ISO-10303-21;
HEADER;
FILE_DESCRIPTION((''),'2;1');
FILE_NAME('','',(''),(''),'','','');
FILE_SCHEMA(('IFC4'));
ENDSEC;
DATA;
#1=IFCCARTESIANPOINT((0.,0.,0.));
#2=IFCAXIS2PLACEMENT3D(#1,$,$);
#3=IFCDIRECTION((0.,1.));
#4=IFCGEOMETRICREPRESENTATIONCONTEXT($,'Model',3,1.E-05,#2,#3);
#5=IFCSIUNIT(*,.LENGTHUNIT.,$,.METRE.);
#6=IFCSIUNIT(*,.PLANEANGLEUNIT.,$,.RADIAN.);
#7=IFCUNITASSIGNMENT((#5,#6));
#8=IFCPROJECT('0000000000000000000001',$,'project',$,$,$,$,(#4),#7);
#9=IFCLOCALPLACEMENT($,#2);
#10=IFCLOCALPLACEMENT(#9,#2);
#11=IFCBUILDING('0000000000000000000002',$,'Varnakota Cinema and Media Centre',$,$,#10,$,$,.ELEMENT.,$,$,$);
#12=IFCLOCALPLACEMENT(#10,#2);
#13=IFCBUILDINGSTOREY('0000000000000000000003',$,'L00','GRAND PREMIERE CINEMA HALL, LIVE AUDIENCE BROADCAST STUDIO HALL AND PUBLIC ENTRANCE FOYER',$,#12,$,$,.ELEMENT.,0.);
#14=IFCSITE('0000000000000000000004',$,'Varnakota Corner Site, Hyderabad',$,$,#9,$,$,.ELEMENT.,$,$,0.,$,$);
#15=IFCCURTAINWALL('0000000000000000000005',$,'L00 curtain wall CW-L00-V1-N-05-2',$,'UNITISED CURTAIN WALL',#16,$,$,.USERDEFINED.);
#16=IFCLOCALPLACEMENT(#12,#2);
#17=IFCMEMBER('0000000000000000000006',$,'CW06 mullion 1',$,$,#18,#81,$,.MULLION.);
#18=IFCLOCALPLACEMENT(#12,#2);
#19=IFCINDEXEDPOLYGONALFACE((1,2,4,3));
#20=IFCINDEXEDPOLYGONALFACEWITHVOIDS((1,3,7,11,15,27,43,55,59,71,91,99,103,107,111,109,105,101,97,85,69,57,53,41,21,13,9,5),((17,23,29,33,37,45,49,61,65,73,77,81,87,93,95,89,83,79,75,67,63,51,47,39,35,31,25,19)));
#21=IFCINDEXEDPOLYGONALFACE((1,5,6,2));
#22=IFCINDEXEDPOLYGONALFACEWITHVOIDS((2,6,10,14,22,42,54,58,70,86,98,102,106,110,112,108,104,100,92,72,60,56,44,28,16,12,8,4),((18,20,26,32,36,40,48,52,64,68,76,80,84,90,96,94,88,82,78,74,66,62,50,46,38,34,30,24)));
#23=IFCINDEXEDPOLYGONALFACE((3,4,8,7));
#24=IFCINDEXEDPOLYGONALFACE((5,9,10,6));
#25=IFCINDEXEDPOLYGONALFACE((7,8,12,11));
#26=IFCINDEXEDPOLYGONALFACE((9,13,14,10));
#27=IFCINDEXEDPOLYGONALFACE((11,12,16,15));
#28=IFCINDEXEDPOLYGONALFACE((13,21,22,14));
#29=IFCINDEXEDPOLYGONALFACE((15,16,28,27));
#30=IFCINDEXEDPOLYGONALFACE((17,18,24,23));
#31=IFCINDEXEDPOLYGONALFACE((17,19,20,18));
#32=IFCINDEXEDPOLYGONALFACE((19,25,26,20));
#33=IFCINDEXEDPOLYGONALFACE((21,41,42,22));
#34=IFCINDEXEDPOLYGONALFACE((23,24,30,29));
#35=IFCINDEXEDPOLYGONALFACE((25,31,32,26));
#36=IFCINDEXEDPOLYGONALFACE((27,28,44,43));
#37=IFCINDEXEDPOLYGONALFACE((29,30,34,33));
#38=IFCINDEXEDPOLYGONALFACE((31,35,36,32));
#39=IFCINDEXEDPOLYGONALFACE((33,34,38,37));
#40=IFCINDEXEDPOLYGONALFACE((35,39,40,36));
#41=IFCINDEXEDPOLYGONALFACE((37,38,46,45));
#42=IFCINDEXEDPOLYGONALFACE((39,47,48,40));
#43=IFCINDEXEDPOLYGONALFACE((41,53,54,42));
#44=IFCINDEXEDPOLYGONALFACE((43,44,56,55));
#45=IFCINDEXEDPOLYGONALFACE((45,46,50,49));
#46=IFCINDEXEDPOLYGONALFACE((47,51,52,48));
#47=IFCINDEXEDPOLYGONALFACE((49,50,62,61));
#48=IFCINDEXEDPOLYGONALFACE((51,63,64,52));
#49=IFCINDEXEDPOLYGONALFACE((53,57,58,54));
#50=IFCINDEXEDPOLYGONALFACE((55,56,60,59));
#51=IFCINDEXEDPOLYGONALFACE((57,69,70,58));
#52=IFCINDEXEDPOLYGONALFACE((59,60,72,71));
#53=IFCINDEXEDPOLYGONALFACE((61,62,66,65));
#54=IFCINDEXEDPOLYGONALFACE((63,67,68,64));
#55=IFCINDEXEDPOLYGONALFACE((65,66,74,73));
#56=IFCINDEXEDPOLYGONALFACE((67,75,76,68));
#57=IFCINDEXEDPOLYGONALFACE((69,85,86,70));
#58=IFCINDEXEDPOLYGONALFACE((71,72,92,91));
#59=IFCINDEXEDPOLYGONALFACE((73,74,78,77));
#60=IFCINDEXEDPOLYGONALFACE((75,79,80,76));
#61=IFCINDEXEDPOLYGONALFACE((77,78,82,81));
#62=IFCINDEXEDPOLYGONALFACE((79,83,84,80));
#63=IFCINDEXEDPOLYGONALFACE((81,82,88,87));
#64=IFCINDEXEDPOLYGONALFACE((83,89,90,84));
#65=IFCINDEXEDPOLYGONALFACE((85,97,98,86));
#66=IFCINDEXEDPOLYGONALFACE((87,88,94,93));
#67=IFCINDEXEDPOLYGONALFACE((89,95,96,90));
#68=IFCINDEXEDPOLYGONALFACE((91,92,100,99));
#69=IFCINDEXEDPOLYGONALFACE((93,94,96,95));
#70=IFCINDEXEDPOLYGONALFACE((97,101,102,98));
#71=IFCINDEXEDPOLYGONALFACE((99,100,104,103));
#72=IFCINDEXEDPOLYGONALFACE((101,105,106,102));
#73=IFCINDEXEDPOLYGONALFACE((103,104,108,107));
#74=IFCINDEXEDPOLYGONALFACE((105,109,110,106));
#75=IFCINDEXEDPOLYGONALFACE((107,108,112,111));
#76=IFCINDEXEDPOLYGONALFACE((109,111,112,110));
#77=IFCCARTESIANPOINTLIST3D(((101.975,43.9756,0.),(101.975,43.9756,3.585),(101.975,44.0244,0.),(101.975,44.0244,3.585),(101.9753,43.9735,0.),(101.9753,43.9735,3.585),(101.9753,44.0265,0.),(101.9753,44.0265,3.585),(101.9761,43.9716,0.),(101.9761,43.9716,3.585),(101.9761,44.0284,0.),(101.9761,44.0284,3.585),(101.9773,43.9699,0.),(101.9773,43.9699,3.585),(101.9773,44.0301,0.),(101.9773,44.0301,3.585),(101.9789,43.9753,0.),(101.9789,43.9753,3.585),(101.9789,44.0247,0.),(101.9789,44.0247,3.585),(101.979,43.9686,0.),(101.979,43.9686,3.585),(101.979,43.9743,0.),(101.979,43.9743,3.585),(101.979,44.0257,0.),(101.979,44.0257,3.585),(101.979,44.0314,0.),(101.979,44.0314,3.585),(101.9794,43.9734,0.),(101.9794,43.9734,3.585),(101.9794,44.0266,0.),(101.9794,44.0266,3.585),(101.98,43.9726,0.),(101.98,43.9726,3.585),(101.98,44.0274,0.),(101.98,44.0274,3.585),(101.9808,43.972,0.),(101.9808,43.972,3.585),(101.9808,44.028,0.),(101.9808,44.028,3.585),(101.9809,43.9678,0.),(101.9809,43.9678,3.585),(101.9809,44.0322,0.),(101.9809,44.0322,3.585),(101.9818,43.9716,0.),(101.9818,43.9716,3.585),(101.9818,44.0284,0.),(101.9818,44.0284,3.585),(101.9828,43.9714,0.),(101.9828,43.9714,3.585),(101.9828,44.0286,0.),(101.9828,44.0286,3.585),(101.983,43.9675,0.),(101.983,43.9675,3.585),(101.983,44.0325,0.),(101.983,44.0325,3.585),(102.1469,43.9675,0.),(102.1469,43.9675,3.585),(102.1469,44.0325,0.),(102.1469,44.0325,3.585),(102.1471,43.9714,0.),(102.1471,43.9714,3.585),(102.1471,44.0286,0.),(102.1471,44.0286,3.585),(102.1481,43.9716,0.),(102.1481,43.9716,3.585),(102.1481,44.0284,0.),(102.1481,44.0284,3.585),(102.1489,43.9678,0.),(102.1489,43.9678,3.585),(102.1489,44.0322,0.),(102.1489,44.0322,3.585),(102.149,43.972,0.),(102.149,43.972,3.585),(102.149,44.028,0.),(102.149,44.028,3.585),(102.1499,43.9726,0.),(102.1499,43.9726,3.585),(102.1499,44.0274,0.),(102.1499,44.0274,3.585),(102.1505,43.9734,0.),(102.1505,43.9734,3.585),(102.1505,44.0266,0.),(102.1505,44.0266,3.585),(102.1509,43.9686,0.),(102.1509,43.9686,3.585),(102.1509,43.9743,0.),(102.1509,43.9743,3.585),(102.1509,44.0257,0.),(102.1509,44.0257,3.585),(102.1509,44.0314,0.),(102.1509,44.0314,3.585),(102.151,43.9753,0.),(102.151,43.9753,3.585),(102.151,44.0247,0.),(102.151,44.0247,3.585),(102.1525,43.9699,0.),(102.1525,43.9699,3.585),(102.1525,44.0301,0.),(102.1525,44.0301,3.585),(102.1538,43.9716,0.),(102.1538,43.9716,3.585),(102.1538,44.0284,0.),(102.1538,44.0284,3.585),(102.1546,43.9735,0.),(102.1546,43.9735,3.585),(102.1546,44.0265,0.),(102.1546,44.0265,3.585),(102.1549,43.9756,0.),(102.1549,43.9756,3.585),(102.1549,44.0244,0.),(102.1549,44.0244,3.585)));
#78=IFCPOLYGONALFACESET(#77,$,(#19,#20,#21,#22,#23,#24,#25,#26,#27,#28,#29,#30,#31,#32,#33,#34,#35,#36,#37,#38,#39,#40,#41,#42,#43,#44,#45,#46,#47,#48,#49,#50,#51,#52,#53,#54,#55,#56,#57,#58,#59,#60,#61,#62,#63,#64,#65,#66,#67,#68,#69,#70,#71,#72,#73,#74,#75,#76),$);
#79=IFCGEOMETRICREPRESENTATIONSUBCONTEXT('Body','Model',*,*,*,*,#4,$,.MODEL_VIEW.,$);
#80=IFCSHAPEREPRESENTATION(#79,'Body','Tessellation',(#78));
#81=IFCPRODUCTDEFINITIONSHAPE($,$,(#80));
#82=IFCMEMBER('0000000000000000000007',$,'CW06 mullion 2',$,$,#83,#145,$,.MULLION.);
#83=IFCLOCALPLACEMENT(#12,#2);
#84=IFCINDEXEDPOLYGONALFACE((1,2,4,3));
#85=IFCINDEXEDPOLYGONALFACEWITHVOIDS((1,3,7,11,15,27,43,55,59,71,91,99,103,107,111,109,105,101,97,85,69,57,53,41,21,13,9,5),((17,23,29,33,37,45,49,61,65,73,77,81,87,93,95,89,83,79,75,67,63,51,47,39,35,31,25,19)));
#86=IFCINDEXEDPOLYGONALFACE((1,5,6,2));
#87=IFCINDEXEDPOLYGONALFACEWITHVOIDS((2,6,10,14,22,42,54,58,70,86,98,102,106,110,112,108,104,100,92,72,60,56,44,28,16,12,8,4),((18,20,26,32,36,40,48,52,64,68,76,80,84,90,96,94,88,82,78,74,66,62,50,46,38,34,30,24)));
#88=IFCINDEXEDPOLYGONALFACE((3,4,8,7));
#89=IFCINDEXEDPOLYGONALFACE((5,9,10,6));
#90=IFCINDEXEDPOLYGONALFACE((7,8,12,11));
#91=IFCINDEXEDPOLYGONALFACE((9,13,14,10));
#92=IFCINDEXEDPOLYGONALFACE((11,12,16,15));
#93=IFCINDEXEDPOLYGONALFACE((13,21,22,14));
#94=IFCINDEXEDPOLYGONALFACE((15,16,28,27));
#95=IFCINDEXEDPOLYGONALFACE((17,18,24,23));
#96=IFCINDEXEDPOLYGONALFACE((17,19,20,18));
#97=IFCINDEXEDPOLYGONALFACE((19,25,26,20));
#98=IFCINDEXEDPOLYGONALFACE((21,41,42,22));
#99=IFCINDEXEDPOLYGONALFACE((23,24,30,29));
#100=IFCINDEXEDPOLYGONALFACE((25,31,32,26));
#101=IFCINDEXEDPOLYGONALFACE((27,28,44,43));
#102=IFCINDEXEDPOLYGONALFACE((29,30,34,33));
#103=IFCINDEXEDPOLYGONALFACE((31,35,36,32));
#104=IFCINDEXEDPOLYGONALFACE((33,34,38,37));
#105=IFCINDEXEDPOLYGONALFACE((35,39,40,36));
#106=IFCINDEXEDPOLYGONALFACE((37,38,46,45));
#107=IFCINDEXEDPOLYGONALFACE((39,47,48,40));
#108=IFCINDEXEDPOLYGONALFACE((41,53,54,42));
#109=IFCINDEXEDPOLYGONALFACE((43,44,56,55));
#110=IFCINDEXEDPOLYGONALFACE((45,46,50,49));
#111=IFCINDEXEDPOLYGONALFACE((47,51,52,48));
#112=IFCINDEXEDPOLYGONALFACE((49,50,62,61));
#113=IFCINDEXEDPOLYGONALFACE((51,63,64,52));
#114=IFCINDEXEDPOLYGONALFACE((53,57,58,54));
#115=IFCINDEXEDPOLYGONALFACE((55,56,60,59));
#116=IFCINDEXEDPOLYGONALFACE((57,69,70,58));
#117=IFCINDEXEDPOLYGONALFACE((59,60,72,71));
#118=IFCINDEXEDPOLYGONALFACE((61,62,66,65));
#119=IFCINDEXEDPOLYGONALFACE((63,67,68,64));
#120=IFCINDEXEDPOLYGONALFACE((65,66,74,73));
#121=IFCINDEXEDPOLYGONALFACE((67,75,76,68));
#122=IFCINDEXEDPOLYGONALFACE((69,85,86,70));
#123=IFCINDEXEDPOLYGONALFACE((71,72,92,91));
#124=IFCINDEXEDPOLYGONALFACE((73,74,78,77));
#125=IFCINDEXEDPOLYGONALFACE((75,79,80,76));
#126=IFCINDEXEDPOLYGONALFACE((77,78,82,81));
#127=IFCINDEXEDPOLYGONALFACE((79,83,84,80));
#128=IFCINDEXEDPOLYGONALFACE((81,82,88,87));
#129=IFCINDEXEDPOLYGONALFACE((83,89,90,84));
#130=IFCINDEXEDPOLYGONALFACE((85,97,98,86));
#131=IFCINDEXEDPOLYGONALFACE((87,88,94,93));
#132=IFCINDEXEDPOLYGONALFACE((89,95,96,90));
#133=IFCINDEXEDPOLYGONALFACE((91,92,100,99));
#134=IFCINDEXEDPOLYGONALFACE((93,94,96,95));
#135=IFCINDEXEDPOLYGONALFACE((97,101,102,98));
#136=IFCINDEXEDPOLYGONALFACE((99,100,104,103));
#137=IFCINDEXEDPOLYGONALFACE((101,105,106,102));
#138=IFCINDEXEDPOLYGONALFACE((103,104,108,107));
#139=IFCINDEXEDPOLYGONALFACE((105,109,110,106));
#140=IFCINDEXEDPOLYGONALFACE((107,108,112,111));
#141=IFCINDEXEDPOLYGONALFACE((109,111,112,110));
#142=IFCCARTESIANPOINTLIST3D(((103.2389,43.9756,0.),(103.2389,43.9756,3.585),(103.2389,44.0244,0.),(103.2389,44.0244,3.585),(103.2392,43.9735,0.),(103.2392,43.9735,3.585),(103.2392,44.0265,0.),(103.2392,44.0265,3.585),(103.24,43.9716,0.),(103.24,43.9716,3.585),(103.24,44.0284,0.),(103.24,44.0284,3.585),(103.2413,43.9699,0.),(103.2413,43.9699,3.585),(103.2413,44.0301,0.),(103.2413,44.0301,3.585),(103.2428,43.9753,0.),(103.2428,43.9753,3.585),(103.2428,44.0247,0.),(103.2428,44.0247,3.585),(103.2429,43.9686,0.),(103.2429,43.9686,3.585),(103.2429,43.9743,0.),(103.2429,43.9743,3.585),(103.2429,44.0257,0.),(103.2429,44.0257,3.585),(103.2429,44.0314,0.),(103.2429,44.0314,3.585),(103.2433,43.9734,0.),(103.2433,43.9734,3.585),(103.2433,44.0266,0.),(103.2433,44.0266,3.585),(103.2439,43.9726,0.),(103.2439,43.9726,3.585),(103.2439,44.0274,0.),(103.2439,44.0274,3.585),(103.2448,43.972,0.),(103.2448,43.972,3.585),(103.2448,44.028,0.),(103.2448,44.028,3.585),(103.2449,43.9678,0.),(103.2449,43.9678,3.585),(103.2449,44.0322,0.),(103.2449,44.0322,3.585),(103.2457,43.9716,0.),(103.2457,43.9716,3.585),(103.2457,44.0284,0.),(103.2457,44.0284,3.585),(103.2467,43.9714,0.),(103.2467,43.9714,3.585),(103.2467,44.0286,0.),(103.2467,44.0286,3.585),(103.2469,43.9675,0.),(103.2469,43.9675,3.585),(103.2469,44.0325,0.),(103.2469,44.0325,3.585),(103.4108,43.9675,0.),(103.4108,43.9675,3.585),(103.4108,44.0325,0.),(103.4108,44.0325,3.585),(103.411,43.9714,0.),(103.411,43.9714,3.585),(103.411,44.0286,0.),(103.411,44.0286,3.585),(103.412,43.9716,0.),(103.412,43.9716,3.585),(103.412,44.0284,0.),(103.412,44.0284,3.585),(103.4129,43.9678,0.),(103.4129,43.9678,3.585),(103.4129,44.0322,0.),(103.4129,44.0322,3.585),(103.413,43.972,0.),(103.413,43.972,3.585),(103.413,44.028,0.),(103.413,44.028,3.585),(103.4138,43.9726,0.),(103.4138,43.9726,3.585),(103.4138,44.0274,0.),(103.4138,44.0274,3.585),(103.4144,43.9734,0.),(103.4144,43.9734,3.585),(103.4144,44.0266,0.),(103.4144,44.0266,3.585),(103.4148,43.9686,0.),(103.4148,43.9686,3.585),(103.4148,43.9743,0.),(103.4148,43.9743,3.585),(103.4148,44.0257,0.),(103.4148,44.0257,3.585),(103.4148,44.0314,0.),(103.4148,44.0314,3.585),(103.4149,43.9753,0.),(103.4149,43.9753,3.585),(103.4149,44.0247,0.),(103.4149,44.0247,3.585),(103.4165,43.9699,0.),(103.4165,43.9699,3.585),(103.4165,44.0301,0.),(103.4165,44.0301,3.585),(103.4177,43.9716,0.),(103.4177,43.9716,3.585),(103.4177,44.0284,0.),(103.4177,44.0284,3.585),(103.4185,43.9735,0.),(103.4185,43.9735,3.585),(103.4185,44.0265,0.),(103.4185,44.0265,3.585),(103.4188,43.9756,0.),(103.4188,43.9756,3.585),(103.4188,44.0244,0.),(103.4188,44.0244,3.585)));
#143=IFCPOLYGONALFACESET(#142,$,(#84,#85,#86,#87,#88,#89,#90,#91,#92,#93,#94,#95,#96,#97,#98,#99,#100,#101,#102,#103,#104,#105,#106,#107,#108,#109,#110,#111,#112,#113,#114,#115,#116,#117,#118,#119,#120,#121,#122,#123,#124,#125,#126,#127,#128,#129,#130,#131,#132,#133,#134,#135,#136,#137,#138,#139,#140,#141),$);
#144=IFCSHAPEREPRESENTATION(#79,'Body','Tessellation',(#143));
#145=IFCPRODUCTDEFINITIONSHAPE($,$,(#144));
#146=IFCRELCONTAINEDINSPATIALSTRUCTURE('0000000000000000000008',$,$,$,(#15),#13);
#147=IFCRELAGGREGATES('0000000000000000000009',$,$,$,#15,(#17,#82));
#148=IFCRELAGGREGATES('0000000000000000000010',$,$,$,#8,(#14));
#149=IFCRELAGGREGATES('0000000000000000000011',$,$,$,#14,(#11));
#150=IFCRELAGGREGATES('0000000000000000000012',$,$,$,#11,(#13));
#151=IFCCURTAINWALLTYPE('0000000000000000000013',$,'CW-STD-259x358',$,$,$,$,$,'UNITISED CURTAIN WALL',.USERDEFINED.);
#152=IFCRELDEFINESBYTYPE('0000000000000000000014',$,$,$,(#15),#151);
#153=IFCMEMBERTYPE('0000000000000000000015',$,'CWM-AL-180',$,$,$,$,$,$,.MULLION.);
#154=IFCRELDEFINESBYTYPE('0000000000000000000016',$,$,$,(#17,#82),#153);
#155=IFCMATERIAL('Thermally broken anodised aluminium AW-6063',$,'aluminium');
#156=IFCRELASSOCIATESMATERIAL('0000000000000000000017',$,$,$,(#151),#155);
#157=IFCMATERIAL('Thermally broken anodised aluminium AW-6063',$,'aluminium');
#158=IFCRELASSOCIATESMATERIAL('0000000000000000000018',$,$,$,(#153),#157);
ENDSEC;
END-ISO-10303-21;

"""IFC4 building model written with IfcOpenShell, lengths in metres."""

from ifc_helpers import new_model, si_unit, direction, frame, origin, origin_2d, place, context, subcontext, project, spatial, hollow_rectangle, extrude, material, material_profile, profile_set, type_object, element, aggregate, save


model = new_model("IFC4")

# Units and contexts
model_context = context("Model", 3, precision=1e-05, world=origin(), true_north=direction((0.0, 1.0)))
body_context = subcontext(model_context, "Body", "Model", "MODEL_VIEW")
ifc_project = project(units=[si_unit("LENGTHUNIT", "METRE"), si_unit("PLANEANGLEUNIT", "RADIAN")], contexts=[model_context])

# Site, building, storey
site_placement = place(None, origin())
site = spatial("IfcSite", under=ifc_project, at=site_placement, Name="Varnakota Corner Site, Hyderabad", CompositionType="ELEMENT", RefElevation=0.0)
building_placement = place(site_placement, origin())
building = spatial("IfcBuilding", under=site, at=building_placement, Name="Varnakota Cinema and Media Centre", CompositionType="ELEMENT")
storey_placement = place(building_placement, origin())
storey = spatial("IfcBuildingStorey", under=building, at=storey_placement, Name="L00", Description="GRAND PREMIERE CINEMA HALL, LIVE AUDIENCE BROADCAST STUDIO HALL AND PUBLIC ENTRANCE FOYER", CompositionType="ELEMENT", Elevation=0.0)

# Curtain wall, members
ifc_material_1 = material(Name="Thermally broken anodised aluminium AW-6063", Category="aluminium")
curtain_wall_type = type_object("IfcCurtainWallType", Name="CW-STD-259x358", ElementType="UNITISED CURTAIN WALL", PredefinedType="USERDEFINED", material=ifc_material_1)
ifc_material_2 = material(Name="Thermally broken anodised aluminium AW-6063", Category="aluminium")
ifc_material_profile_1 = material_profile(ifc_material_2, hollow_rectangle(XDim=0.0649, YDim=0.1799, WallThickness=0.0039, InnerFilletRadius=0.0039, OuterFilletRadius=0.0081, at=origin_2d()), Name="AL-MULLION 180x65x4")
ifc_profile_set_1 = profile_set([ifc_material_profile_1], Name="Thermally broken anodised aluminium AW-6063")
member_type_1 = type_object("IfcMemberType", Name="CWM-AL-180", PredefinedType="MULLION", material=ifc_profile_set_1)
curtain_wall_1_placement = place(storey_placement, origin())
curtain_wall_1 = element("IfcCurtainWall", 1, at=curtain_wall_1_placement, inside=storey, type_object=curtain_wall_type, Name="L00 curtain wall CW-L00-V1-N-05-2", ObjectType="UNITISED CURTAIN WALL", PredefinedType="USERDEFINED")
member_1_placement = place(storey_placement, frame((102.0649, 44.0, 0.0), z_axis=(0.0, 0.0, 1.0), x_axis=(0.0, 1.0, 0.0)))
member_1 = element("IfcMember", 2, at=member_1_placement, type_object=member_type_1, Name="CW06 mullion 1", PredefinedType="MULLION", context=body_context, shape_type="SweptSolid", body=[
    extrude(hollow_rectangle(XDim=0.0649, YDim=0.1799, WallThickness=0.0039, InnerFilletRadius=0.0039, OuterFilletRadius=0.0081, at=origin_2d()), origin(), (0.0, 0.0, 1.0), 3.585),
])
member_2_placement = place(storey_placement, frame((103.3289, 44.0, 0.0), z_axis=(0.0, 0.0, 1.0), x_axis=(0.0, 1.0, 0.0)))
member_2 = element("IfcMember", 3, at=member_2_placement, type_object=member_type_1, Name="CW06 mullion 2", PredefinedType="MULLION", context=body_context, shape_type="SweptSolid", body=[
    extrude(hollow_rectangle(XDim=0.0649, YDim=0.1799, WallThickness=0.0039, InnerFilletRadius=0.0039, OuterFilletRadius=0.0081, at=origin_2d()), origin(), (0.0, 0.0, 1.0), 3.585),
])

aggregate(curtain_wall_1, [member_1, member_2])

save(model, "model.ifc")
